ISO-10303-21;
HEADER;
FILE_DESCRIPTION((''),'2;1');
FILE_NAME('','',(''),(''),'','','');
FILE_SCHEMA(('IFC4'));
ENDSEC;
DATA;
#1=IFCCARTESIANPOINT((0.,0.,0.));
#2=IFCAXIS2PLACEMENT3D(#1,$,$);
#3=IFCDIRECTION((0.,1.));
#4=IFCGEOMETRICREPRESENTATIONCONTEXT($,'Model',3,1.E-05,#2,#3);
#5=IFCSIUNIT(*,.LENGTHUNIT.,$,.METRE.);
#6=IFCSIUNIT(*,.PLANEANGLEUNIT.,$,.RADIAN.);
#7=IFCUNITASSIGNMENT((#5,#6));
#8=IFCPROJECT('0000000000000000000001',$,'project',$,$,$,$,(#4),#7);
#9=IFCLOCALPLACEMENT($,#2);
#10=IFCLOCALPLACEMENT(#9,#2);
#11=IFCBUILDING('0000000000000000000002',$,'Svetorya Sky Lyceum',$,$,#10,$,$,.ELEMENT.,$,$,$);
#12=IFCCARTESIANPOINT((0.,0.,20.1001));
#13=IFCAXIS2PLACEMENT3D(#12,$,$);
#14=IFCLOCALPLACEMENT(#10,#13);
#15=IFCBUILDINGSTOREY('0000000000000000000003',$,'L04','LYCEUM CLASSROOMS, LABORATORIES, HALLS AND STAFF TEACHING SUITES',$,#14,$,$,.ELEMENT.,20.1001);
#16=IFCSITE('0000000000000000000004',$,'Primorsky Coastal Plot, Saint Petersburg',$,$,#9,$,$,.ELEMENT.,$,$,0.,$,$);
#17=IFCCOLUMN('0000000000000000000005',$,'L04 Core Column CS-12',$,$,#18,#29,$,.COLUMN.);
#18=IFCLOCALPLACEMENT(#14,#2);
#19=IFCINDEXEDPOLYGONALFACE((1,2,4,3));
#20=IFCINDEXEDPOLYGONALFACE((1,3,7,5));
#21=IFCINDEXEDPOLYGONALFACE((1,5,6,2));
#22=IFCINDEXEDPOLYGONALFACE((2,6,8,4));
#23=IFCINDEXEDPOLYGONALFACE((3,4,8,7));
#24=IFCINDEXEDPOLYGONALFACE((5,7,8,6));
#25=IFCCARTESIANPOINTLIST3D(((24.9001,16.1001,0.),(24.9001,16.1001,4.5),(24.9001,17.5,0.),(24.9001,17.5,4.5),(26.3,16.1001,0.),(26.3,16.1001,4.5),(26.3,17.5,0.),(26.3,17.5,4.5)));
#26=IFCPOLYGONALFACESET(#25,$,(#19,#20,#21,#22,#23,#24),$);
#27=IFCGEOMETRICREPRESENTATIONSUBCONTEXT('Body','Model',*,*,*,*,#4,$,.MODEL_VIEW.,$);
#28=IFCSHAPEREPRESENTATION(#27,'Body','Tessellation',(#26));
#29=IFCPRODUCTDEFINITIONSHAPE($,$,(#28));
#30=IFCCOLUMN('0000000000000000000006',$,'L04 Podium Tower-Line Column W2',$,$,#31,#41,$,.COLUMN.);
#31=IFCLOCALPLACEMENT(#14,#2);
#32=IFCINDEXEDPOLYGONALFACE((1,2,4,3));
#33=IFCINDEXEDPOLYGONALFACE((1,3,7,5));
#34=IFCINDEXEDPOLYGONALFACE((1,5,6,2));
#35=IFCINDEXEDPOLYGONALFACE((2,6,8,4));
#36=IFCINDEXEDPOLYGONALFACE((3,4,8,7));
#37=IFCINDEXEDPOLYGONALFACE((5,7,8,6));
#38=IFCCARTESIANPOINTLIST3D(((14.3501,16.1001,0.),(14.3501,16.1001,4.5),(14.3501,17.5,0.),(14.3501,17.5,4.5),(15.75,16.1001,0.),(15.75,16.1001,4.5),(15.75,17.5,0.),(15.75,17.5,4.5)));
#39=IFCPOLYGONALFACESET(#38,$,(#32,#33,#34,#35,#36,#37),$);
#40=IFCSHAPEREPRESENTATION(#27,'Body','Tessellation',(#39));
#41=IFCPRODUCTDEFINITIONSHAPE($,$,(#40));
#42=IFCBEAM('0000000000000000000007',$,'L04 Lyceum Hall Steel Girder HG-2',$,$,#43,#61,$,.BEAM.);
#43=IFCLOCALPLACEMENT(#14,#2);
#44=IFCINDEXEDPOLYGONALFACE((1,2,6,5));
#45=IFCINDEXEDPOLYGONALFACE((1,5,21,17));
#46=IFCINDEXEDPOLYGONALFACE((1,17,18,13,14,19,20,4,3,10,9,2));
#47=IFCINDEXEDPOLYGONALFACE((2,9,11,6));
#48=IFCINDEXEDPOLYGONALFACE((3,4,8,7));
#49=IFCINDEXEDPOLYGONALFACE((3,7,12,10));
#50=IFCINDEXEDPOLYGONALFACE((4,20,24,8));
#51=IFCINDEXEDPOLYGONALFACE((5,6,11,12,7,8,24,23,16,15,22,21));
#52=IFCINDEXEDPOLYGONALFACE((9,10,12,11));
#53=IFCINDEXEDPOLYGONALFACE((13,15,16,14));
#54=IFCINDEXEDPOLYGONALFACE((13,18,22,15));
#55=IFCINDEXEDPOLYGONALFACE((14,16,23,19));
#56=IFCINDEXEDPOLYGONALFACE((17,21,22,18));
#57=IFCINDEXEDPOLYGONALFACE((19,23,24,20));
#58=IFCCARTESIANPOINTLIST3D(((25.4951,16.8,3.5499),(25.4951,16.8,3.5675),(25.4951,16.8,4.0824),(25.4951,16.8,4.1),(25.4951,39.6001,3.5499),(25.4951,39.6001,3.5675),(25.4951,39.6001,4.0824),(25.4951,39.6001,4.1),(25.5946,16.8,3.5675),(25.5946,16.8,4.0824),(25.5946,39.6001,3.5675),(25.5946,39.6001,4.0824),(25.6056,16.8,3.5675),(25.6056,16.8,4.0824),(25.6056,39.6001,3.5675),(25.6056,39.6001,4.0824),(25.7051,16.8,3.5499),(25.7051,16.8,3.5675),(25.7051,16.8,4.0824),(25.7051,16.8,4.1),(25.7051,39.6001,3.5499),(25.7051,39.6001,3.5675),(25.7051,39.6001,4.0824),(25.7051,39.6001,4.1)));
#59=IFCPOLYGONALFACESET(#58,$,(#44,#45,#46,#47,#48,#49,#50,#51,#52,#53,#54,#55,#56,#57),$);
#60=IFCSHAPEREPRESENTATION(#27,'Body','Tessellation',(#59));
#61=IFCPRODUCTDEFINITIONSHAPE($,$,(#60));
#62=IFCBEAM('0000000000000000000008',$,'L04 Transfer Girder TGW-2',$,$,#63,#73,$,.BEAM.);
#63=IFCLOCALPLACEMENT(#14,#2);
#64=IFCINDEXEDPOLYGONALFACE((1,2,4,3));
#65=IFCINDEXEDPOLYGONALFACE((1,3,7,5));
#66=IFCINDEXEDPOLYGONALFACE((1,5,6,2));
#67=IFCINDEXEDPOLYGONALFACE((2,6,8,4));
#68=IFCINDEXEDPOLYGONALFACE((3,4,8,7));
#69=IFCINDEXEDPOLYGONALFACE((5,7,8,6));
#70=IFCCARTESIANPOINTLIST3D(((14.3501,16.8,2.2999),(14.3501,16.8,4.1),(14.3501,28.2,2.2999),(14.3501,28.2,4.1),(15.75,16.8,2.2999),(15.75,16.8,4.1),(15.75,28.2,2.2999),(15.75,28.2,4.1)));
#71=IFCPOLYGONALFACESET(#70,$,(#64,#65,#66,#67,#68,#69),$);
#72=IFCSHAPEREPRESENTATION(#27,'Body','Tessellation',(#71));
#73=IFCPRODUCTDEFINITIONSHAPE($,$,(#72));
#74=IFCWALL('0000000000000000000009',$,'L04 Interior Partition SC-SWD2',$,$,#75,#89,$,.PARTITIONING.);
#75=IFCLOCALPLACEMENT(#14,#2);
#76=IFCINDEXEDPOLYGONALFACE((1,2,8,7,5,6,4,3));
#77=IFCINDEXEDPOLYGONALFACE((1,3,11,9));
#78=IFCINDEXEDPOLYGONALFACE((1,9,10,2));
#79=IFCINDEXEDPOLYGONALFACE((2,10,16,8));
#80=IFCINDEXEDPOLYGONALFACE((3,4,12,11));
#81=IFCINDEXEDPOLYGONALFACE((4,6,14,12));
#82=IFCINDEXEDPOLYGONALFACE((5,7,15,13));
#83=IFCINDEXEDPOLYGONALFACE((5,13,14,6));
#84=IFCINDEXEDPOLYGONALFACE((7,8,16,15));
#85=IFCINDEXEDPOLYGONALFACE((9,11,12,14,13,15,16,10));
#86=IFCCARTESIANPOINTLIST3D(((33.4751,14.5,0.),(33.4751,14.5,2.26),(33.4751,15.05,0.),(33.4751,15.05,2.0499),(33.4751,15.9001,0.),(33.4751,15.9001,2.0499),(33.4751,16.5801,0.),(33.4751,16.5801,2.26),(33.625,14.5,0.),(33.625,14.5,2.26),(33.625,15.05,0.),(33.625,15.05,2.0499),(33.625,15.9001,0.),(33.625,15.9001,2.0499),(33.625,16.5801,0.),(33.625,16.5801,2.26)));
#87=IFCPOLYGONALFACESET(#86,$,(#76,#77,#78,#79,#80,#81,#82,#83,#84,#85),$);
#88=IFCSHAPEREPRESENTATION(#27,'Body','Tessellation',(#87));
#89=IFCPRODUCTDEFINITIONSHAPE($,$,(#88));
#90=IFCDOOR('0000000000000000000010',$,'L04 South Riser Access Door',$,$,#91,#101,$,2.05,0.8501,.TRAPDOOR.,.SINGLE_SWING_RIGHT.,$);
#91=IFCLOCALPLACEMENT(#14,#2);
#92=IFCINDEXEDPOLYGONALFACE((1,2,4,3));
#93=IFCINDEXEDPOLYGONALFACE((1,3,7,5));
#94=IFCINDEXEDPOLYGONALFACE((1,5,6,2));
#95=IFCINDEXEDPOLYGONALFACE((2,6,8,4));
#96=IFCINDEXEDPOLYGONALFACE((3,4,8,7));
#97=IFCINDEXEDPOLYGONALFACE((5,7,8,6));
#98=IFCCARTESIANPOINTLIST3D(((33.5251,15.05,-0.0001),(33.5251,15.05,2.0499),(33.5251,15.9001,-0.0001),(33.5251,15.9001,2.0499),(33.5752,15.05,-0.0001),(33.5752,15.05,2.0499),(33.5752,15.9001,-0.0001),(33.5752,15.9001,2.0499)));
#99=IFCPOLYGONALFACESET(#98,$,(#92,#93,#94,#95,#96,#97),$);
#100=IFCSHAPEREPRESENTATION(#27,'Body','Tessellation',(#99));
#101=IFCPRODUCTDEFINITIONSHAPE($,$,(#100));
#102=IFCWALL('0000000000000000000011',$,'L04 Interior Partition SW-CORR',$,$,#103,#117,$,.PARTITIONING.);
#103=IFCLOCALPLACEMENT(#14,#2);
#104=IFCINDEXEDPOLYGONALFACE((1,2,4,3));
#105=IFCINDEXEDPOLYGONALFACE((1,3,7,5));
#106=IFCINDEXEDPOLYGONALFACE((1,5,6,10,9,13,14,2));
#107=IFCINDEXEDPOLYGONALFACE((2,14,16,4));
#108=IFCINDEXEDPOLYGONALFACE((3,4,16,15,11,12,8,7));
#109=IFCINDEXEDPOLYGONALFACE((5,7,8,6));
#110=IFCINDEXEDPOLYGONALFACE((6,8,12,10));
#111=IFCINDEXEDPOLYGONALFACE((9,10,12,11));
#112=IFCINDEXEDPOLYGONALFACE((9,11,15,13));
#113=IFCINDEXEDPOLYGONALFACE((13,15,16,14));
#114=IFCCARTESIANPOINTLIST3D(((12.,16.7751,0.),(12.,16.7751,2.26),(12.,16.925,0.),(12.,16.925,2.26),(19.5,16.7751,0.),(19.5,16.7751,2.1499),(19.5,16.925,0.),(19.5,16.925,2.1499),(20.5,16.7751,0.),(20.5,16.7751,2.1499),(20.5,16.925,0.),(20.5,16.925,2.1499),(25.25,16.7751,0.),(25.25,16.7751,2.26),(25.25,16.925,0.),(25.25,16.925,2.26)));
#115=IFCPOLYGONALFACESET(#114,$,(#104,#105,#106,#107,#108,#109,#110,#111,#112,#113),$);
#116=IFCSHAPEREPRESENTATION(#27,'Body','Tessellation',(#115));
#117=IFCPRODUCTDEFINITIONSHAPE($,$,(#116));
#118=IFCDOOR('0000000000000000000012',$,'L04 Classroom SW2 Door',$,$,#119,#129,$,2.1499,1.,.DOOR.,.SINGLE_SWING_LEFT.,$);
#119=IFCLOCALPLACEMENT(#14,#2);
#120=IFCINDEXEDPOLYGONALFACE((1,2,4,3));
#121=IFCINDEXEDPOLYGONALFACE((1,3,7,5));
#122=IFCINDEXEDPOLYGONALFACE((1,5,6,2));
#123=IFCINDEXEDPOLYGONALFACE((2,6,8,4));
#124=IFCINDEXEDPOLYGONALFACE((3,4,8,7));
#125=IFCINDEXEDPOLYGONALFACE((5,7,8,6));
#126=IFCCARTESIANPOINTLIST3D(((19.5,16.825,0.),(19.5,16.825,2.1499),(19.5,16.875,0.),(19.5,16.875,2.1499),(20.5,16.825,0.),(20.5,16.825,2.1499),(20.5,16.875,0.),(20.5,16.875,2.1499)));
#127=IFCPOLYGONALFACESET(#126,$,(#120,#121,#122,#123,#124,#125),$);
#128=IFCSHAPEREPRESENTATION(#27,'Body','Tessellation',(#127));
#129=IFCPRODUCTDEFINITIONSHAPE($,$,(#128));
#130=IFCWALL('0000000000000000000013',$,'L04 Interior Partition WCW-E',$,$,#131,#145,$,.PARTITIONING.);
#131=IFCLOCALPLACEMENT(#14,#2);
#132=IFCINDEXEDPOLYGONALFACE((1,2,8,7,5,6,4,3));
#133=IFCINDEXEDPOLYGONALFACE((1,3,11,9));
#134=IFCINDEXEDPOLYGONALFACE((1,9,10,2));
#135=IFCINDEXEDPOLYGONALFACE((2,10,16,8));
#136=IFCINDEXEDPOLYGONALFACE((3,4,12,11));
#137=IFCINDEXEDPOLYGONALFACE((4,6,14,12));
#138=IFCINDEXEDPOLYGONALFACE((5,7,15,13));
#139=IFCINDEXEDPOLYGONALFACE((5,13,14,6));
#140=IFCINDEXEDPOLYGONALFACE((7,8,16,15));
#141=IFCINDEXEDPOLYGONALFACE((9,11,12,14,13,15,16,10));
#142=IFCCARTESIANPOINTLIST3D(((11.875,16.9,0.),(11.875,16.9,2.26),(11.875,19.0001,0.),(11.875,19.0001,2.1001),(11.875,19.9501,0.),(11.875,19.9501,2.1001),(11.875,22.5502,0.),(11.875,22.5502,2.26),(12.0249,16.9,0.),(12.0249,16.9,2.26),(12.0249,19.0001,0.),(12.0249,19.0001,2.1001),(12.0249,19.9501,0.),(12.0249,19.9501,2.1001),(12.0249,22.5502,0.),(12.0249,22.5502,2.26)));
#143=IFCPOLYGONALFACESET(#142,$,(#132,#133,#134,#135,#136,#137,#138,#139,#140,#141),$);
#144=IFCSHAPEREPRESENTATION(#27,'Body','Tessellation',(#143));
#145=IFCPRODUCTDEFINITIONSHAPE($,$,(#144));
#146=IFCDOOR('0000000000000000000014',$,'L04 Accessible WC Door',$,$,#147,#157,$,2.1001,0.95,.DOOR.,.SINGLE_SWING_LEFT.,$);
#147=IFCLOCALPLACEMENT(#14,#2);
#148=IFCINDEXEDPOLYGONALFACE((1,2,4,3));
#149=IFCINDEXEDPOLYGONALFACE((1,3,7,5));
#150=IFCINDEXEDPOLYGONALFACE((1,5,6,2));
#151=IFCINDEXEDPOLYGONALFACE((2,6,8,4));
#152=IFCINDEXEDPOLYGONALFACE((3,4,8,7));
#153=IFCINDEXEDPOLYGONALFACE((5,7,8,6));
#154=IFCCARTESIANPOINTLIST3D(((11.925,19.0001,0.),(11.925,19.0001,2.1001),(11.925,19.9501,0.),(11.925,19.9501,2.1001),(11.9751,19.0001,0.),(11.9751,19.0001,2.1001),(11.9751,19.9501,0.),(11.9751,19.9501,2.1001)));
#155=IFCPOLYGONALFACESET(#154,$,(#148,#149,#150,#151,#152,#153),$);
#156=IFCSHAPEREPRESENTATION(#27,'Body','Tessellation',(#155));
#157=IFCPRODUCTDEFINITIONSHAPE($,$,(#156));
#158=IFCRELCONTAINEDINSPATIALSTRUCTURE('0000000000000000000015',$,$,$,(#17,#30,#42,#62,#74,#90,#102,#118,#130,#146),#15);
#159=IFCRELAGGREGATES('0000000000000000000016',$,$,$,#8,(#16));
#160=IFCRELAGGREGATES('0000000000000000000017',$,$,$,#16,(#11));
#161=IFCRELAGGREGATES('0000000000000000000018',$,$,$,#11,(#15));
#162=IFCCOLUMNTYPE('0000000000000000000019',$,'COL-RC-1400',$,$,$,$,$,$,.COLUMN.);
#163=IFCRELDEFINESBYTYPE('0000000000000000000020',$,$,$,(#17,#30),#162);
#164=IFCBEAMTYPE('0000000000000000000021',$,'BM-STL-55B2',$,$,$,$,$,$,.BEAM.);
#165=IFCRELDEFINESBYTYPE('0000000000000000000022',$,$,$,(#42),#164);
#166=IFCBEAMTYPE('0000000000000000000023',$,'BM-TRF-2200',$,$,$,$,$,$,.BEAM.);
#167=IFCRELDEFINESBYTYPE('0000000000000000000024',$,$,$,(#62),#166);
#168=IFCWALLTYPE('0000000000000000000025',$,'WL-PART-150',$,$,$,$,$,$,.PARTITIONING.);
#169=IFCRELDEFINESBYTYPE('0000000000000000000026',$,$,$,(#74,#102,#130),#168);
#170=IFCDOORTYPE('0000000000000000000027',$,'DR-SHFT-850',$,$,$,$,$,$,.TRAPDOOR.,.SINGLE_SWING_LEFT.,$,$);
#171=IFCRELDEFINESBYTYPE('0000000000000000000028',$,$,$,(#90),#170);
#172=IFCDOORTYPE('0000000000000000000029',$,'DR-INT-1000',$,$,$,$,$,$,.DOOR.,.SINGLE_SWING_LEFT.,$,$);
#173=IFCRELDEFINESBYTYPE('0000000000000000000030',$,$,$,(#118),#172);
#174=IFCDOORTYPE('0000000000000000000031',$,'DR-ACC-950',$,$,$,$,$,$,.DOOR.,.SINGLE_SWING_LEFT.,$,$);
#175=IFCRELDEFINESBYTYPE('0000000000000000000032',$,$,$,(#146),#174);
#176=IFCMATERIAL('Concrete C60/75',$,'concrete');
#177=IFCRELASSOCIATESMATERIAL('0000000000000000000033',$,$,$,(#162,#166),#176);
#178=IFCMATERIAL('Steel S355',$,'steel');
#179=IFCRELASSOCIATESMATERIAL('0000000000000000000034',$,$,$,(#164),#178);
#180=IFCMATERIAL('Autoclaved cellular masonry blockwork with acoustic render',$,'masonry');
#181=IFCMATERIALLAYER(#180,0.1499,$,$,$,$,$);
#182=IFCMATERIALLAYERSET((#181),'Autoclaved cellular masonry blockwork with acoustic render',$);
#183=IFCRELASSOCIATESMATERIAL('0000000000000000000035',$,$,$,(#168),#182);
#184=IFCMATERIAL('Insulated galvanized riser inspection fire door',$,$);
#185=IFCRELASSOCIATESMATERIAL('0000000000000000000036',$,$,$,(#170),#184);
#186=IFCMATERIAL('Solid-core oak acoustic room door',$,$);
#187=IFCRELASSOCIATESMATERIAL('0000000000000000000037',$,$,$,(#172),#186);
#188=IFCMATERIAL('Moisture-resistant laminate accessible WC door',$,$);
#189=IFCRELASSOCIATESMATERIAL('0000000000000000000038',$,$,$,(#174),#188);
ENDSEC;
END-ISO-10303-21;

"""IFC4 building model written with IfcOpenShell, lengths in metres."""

from ifc_helpers import new_model, si_unit, direction, frame, frame_2d, origin, origin_2d, place, context, subcontext, project, spatial, rectangle, i_section, extrude, material, layer, layer_set, material_profile, profile_set, type_object, element, fill, save


model = new_model("IFC4")

# Units and contexts
model_context = context("Model", 3, precision=1e-05, world=origin(), true_north=direction((0.0, 1.0)))
body_context = subcontext(model_context, "Body", "Model", "MODEL_VIEW")
ifc_project = project(units=[si_unit("LENGTHUNIT", "METRE"), si_unit("PLANEANGLEUNIT", "RADIAN")], contexts=[model_context])

# Site, building, storey
site_placement = place(None, origin())
site = spatial("IfcSite", under=ifc_project, at=site_placement, Name="Primorsky Coastal Plot, Saint Petersburg", CompositionType="ELEMENT", RefElevation=0.0)
building_placement = place(site_placement, origin())
building = spatial("IfcBuilding", under=site, at=building_placement, Name="Svetorya Sky Lyceum", CompositionType="ELEMENT")
storey_placement = place(building_placement, frame((0.0, 0.0, 20.1001)))
storey = spatial("IfcBuildingStorey", under=building, at=storey_placement, Name="L04", Description="LYCEUM CLASSROOMS, LABORATORIES, HALLS AND STAFF TEACHING SUITES", CompositionType="ELEMENT", Elevation=20.1001)

# Columns
ifc_material_1 = material(Name="Concrete C60/75", Category="concrete")
ifc_material_profile_1 = material_profile(ifc_material_1, rectangle(XDim=1.3999, YDim=1.3999, at=origin_2d()), Name="RC COL 1400x1400")
ifc_profile_set_1 = profile_set([ifc_material_profile_1], Name="Concrete C60/75")
column_type = type_object("IfcColumnType", Name="COL-RC-1400", PredefinedType="COLUMN", material=ifc_profile_set_1)
for number, where, z_axis, x_axis, name in (
    (1, (25.6001, 16.8, 0.0), (0.0, 0.0, 1.0), (1.0, 0.0, 0.0), "L04 Core Column CS-12"),
    (2, (15.05, 16.8, 0.0), (0.0, 0.0, 1.0), (1.0, 0.0, 0.0), "L04 Podium Tower-Line Column W2"),
):
    element("IfcColumn", number, at=place(storey_placement, frame(where, z_axis=z_axis, x_axis=x_axis)), inside=storey, type_object=column_type, Name=name, PredefinedType="COLUMN", context=body_context, shape_type="SweptSolid", body=[
        extrude(rectangle(XDim=1.3999, YDim=1.3999, at=origin_2d()), origin(), (0.0, 0.0, 1.0), 4.5),
    ])

# Beams
ifc_material_2 = material(Name="Steel S355", Category="steel")
ifc_material_profile_2 = material_profile(ifc_material_2, i_section(OverallWidth=0.21, OverallDepth=0.55, WebThickness=0.011, FlangeThickness=0.0176, at=origin_2d()), Name="GOST 55B2")
ifc_profile_set_2 = profile_set([ifc_material_profile_2], Name="Steel S355")
beam_type_1 = type_object("IfcBeamType", Name="BM-STL-55B2", PredefinedType="BEAM", material=ifc_profile_set_2)
beam_1_placement = place(storey_placement, frame((25.6001, 16.8, 3.825), z_axis=(0.0, 1.0, 0.0), x_axis=(-1.0, 0.0, 0.0)))
element("IfcBeam", 3, at=beam_1_placement, inside=storey, type_object=beam_type_1, Name="L04 Lyceum Hall Steel Girder HG-2", PredefinedType="BEAM", context=body_context, shape_type="SweptSolid", body=[
    extrude(i_section(OverallWidth=0.21, OverallDepth=0.55, WebThickness=0.011, FlangeThickness=0.0176, at=origin_2d()), origin(), (0.0, 0.0, 1.0), 22.8),
])
ifc_material_profile_3 = material_profile(ifc_material_1, rectangle(XDim=1.3999, YDim=1.8, at=origin_2d()), Name="RC TRANSFER 1400x1800")
ifc_profile_set_3 = profile_set([ifc_material_profile_3], Name="Concrete C60/75")
beam_type_2 = type_object("IfcBeamType", Name="BM-TRF-2200", PredefinedType="BEAM", material=ifc_profile_set_3)
beam_2_placement = place(storey_placement, frame((15.05, 16.8, 3.2), z_axis=(0.0, 1.0, 0.0), x_axis=(-1.0, 0.0, 0.0)))
element("IfcBeam", 4, at=beam_2_placement, inside=storey, type_object=beam_type_2, Name="L04 Transfer Girder TGW-2", PredefinedType="BEAM", context=body_context, shape_type="SweptSolid", body=[
    extrude(rectangle(XDim=1.3999, YDim=1.8, at=origin_2d()), origin(), (0.0, 0.0, 1.0), 11.3999),
])

# Walls, openings, doors
ifc_material_3 = material(Name="Autoclaved cellular masonry blockwork with acoustic render", Category="masonry")
ifc_layer_1 = layer(ifc_material_3, 0.1499)
ifc_layer_set_1 = layer_set([ifc_layer_1], Name="Autoclaved cellular masonry blockwork with acoustic render")
wall_type_1 = type_object("IfcWallType", Name="WL-PART-150", PredefinedType="PARTITIONING", material=ifc_layer_set_1)
wall_1_placement = place(storey_placement, frame((33.55, 14.5, 0.0), z_axis=(0.0, 0.0, 1.0), x_axis=(0.0, 1.0, 0.0)))
wall_1 = element("IfcWall", 5, at=wall_1_placement, inside=storey, type_object=wall_type_1, Name="L04 Interior Partition SC-SWD2", PredefinedType="PARTITIONING", context=body_context, shape_type="SweptSolid", body=[
    extrude(rectangle(XDim=2.0801, YDim=0.1499, at=frame_2d((1.04, 0.0))), origin(), (0.0, 0.0, 1.0), 2.26),
])
opening_1_placement = place(wall_1_placement, frame((0.55, 0.0, 0.0)))
opening_1 = element("IfcOpeningElement", 6, at=opening_1_placement, cuts=wall_1, PredefinedType="OPENING", context=body_context, shape_type="SweptSolid", body=[
    extrude(rectangle(XDim=0.8501, YDim=2.05, at=frame_2d((0.425, 1.0249))), frame((0.0, 0.085, 0.0), z_axis=(0.0, -1.0, 0.0), x_axis=(1.0, 0.0, 0.0)), (0.0, 0.0, 1.0), 0.1699),
])
ifc_material_4 = material(Name="Insulated galvanized riser inspection fire door")
door_type_1 = type_object("IfcDoorType", Name="DR-SHFT-850", OperationType="SINGLE_SWING_LEFT", PredefinedType="TRAPDOOR", material=ifc_material_4)
door_1_placement = place(opening_1_placement, origin())
door_1 = element("IfcDoor", 7, at=door_1_placement, inside=storey, type_object=door_type_1, Name="L04 South Riser Access Door", OperationType="SINGLE_SWING_RIGHT", OverallHeight=2.05, OverallWidth=0.8501, PredefinedType="TRAPDOOR", context=body_context, shape_type="SweptSolid", body=[
    extrude(rectangle(XDim=0.8501, YDim=2.05, at=frame_2d((0.425, 1.0249))), frame((0.0, 0.0249, 0.0), z_axis=(0.0, -1.0, 0.0), x_axis=(1.0, 0.0, 0.0)), (0.0, 0.0, 1.0), 0.05),
])
fill(opening_1, door_1)
wall_2_placement = place(storey_placement, frame((12.0, 16.8501, 0.0), z_axis=(0.0, 0.0, 1.0), x_axis=(1.0, 0.0, 0.0)))
wall_2 = element("IfcWall", 8, at=wall_2_placement, inside=storey, type_object=wall_type_1, Name="L04 Interior Partition SW-CORR", PredefinedType="PARTITIONING", context=body_context, shape_type="SweptSolid", body=[
    extrude(rectangle(XDim=13.25, YDim=0.1499, at=frame_2d((6.625, 0.0))), origin(), (0.0, 0.0, 1.0), 2.26),
])
opening_2_placement = place(wall_2_placement, frame((7.5, 0.0, 0.0)))
opening_2 = element("IfcOpeningElement", 9, at=opening_2_placement, cuts=wall_2, PredefinedType="OPENING", context=body_context, shape_type="SweptSolid", body=[
    extrude(rectangle(XDim=1.0, YDim=2.1499, at=frame_2d((0.5, 1.075))), frame((0.0, 0.085, 0.0), z_axis=(0.0, -1.0, 0.0), x_axis=(1.0, 0.0, 0.0)), (0.0, 0.0, 1.0), 0.1699),
])
ifc_material_5 = material(Name="Solid-core oak acoustic room door")
door_type_2 = type_object("IfcDoorType", Name="DR-INT-1000", OperationType="SINGLE_SWING_LEFT", PredefinedType="DOOR", material=ifc_material_5)
door_2_placement = place(opening_2_placement, origin())
door_2 = element("IfcDoor", 10, at=door_2_placement, inside=storey, type_object=door_type_2, Name="L04 Classroom SW2 Door", OperationType="SINGLE_SWING_LEFT", OverallHeight=2.1499, OverallWidth=1.0, PredefinedType="DOOR", context=body_context, shape_type="SweptSolid", body=[
    extrude(rectangle(XDim=1.0, YDim=2.1499, at=frame_2d((0.5, 1.075))), frame((0.0, 0.0249, 0.0), z_axis=(0.0, -1.0, 0.0), x_axis=(1.0, 0.0, 0.0)), (0.0, 0.0, 1.0), 0.05),
])
fill(opening_2, door_2)
wall_3_placement = place(storey_placement, frame((11.95, 16.8999, 0.0), z_axis=(0.0, 0.0, 1.0), x_axis=(0.0, 1.0, 0.0)))
wall_3 = element("IfcWall", 11, at=wall_3_placement, inside=storey, type_object=wall_type_1, Name="L04 Interior Partition WCW-E", PredefinedType="PARTITIONING", context=body_context, shape_type="SweptSolid", body=[
    extrude(rectangle(XDim=5.6501, YDim=0.1499, at=frame_2d((2.8252, 0.0))), origin(), (0.0, 0.0, 1.0), 2.26),
])
opening_3_placement = place(wall_3_placement, frame((2.1001, 0.0, 0.0)))
opening_3 = element("IfcOpeningElement", 12, at=opening_3_placement, cuts=wall_3, PredefinedType="OPENING", context=body_context, shape_type="SweptSolid", body=[
    extrude(rectangle(XDim=0.95, YDim=2.1001, at=frame_2d((0.4751, 1.05))), frame((0.0, 0.085, 0.0), z_axis=(0.0, -1.0, 0.0), x_axis=(1.0, 0.0, 0.0)), (0.0, 0.0, 1.0), 0.1699),
])
ifc_material_6 = material(Name="Moisture-resistant laminate accessible WC door")
door_type_3 = type_object("IfcDoorType", Name="DR-ACC-950", OperationType="SINGLE_SWING_LEFT", PredefinedType="DOOR", material=ifc_material_6)
door_3_placement = place(opening_3_placement, origin())
door_3 = element("IfcDoor", 13, at=door_3_placement, inside=storey, type_object=door_type_3, Name="L04 Accessible WC Door", OperationType="SINGLE_SWING_LEFT", OverallHeight=2.1001, OverallWidth=0.95, PredefinedType="DOOR", context=body_context, shape_type="SweptSolid", body=[
    extrude(rectangle(XDim=0.95, YDim=2.1001, at=frame_2d((0.4751, 1.05))), frame((0.0, 0.0249, 0.0), z_axis=(0.0, -1.0, 0.0), x_axis=(1.0, 0.0, 0.0)), (0.0, 0.0, 1.0), 0.05),
])
fill(opening_3, door_3)

save(model, "model.ifc")
